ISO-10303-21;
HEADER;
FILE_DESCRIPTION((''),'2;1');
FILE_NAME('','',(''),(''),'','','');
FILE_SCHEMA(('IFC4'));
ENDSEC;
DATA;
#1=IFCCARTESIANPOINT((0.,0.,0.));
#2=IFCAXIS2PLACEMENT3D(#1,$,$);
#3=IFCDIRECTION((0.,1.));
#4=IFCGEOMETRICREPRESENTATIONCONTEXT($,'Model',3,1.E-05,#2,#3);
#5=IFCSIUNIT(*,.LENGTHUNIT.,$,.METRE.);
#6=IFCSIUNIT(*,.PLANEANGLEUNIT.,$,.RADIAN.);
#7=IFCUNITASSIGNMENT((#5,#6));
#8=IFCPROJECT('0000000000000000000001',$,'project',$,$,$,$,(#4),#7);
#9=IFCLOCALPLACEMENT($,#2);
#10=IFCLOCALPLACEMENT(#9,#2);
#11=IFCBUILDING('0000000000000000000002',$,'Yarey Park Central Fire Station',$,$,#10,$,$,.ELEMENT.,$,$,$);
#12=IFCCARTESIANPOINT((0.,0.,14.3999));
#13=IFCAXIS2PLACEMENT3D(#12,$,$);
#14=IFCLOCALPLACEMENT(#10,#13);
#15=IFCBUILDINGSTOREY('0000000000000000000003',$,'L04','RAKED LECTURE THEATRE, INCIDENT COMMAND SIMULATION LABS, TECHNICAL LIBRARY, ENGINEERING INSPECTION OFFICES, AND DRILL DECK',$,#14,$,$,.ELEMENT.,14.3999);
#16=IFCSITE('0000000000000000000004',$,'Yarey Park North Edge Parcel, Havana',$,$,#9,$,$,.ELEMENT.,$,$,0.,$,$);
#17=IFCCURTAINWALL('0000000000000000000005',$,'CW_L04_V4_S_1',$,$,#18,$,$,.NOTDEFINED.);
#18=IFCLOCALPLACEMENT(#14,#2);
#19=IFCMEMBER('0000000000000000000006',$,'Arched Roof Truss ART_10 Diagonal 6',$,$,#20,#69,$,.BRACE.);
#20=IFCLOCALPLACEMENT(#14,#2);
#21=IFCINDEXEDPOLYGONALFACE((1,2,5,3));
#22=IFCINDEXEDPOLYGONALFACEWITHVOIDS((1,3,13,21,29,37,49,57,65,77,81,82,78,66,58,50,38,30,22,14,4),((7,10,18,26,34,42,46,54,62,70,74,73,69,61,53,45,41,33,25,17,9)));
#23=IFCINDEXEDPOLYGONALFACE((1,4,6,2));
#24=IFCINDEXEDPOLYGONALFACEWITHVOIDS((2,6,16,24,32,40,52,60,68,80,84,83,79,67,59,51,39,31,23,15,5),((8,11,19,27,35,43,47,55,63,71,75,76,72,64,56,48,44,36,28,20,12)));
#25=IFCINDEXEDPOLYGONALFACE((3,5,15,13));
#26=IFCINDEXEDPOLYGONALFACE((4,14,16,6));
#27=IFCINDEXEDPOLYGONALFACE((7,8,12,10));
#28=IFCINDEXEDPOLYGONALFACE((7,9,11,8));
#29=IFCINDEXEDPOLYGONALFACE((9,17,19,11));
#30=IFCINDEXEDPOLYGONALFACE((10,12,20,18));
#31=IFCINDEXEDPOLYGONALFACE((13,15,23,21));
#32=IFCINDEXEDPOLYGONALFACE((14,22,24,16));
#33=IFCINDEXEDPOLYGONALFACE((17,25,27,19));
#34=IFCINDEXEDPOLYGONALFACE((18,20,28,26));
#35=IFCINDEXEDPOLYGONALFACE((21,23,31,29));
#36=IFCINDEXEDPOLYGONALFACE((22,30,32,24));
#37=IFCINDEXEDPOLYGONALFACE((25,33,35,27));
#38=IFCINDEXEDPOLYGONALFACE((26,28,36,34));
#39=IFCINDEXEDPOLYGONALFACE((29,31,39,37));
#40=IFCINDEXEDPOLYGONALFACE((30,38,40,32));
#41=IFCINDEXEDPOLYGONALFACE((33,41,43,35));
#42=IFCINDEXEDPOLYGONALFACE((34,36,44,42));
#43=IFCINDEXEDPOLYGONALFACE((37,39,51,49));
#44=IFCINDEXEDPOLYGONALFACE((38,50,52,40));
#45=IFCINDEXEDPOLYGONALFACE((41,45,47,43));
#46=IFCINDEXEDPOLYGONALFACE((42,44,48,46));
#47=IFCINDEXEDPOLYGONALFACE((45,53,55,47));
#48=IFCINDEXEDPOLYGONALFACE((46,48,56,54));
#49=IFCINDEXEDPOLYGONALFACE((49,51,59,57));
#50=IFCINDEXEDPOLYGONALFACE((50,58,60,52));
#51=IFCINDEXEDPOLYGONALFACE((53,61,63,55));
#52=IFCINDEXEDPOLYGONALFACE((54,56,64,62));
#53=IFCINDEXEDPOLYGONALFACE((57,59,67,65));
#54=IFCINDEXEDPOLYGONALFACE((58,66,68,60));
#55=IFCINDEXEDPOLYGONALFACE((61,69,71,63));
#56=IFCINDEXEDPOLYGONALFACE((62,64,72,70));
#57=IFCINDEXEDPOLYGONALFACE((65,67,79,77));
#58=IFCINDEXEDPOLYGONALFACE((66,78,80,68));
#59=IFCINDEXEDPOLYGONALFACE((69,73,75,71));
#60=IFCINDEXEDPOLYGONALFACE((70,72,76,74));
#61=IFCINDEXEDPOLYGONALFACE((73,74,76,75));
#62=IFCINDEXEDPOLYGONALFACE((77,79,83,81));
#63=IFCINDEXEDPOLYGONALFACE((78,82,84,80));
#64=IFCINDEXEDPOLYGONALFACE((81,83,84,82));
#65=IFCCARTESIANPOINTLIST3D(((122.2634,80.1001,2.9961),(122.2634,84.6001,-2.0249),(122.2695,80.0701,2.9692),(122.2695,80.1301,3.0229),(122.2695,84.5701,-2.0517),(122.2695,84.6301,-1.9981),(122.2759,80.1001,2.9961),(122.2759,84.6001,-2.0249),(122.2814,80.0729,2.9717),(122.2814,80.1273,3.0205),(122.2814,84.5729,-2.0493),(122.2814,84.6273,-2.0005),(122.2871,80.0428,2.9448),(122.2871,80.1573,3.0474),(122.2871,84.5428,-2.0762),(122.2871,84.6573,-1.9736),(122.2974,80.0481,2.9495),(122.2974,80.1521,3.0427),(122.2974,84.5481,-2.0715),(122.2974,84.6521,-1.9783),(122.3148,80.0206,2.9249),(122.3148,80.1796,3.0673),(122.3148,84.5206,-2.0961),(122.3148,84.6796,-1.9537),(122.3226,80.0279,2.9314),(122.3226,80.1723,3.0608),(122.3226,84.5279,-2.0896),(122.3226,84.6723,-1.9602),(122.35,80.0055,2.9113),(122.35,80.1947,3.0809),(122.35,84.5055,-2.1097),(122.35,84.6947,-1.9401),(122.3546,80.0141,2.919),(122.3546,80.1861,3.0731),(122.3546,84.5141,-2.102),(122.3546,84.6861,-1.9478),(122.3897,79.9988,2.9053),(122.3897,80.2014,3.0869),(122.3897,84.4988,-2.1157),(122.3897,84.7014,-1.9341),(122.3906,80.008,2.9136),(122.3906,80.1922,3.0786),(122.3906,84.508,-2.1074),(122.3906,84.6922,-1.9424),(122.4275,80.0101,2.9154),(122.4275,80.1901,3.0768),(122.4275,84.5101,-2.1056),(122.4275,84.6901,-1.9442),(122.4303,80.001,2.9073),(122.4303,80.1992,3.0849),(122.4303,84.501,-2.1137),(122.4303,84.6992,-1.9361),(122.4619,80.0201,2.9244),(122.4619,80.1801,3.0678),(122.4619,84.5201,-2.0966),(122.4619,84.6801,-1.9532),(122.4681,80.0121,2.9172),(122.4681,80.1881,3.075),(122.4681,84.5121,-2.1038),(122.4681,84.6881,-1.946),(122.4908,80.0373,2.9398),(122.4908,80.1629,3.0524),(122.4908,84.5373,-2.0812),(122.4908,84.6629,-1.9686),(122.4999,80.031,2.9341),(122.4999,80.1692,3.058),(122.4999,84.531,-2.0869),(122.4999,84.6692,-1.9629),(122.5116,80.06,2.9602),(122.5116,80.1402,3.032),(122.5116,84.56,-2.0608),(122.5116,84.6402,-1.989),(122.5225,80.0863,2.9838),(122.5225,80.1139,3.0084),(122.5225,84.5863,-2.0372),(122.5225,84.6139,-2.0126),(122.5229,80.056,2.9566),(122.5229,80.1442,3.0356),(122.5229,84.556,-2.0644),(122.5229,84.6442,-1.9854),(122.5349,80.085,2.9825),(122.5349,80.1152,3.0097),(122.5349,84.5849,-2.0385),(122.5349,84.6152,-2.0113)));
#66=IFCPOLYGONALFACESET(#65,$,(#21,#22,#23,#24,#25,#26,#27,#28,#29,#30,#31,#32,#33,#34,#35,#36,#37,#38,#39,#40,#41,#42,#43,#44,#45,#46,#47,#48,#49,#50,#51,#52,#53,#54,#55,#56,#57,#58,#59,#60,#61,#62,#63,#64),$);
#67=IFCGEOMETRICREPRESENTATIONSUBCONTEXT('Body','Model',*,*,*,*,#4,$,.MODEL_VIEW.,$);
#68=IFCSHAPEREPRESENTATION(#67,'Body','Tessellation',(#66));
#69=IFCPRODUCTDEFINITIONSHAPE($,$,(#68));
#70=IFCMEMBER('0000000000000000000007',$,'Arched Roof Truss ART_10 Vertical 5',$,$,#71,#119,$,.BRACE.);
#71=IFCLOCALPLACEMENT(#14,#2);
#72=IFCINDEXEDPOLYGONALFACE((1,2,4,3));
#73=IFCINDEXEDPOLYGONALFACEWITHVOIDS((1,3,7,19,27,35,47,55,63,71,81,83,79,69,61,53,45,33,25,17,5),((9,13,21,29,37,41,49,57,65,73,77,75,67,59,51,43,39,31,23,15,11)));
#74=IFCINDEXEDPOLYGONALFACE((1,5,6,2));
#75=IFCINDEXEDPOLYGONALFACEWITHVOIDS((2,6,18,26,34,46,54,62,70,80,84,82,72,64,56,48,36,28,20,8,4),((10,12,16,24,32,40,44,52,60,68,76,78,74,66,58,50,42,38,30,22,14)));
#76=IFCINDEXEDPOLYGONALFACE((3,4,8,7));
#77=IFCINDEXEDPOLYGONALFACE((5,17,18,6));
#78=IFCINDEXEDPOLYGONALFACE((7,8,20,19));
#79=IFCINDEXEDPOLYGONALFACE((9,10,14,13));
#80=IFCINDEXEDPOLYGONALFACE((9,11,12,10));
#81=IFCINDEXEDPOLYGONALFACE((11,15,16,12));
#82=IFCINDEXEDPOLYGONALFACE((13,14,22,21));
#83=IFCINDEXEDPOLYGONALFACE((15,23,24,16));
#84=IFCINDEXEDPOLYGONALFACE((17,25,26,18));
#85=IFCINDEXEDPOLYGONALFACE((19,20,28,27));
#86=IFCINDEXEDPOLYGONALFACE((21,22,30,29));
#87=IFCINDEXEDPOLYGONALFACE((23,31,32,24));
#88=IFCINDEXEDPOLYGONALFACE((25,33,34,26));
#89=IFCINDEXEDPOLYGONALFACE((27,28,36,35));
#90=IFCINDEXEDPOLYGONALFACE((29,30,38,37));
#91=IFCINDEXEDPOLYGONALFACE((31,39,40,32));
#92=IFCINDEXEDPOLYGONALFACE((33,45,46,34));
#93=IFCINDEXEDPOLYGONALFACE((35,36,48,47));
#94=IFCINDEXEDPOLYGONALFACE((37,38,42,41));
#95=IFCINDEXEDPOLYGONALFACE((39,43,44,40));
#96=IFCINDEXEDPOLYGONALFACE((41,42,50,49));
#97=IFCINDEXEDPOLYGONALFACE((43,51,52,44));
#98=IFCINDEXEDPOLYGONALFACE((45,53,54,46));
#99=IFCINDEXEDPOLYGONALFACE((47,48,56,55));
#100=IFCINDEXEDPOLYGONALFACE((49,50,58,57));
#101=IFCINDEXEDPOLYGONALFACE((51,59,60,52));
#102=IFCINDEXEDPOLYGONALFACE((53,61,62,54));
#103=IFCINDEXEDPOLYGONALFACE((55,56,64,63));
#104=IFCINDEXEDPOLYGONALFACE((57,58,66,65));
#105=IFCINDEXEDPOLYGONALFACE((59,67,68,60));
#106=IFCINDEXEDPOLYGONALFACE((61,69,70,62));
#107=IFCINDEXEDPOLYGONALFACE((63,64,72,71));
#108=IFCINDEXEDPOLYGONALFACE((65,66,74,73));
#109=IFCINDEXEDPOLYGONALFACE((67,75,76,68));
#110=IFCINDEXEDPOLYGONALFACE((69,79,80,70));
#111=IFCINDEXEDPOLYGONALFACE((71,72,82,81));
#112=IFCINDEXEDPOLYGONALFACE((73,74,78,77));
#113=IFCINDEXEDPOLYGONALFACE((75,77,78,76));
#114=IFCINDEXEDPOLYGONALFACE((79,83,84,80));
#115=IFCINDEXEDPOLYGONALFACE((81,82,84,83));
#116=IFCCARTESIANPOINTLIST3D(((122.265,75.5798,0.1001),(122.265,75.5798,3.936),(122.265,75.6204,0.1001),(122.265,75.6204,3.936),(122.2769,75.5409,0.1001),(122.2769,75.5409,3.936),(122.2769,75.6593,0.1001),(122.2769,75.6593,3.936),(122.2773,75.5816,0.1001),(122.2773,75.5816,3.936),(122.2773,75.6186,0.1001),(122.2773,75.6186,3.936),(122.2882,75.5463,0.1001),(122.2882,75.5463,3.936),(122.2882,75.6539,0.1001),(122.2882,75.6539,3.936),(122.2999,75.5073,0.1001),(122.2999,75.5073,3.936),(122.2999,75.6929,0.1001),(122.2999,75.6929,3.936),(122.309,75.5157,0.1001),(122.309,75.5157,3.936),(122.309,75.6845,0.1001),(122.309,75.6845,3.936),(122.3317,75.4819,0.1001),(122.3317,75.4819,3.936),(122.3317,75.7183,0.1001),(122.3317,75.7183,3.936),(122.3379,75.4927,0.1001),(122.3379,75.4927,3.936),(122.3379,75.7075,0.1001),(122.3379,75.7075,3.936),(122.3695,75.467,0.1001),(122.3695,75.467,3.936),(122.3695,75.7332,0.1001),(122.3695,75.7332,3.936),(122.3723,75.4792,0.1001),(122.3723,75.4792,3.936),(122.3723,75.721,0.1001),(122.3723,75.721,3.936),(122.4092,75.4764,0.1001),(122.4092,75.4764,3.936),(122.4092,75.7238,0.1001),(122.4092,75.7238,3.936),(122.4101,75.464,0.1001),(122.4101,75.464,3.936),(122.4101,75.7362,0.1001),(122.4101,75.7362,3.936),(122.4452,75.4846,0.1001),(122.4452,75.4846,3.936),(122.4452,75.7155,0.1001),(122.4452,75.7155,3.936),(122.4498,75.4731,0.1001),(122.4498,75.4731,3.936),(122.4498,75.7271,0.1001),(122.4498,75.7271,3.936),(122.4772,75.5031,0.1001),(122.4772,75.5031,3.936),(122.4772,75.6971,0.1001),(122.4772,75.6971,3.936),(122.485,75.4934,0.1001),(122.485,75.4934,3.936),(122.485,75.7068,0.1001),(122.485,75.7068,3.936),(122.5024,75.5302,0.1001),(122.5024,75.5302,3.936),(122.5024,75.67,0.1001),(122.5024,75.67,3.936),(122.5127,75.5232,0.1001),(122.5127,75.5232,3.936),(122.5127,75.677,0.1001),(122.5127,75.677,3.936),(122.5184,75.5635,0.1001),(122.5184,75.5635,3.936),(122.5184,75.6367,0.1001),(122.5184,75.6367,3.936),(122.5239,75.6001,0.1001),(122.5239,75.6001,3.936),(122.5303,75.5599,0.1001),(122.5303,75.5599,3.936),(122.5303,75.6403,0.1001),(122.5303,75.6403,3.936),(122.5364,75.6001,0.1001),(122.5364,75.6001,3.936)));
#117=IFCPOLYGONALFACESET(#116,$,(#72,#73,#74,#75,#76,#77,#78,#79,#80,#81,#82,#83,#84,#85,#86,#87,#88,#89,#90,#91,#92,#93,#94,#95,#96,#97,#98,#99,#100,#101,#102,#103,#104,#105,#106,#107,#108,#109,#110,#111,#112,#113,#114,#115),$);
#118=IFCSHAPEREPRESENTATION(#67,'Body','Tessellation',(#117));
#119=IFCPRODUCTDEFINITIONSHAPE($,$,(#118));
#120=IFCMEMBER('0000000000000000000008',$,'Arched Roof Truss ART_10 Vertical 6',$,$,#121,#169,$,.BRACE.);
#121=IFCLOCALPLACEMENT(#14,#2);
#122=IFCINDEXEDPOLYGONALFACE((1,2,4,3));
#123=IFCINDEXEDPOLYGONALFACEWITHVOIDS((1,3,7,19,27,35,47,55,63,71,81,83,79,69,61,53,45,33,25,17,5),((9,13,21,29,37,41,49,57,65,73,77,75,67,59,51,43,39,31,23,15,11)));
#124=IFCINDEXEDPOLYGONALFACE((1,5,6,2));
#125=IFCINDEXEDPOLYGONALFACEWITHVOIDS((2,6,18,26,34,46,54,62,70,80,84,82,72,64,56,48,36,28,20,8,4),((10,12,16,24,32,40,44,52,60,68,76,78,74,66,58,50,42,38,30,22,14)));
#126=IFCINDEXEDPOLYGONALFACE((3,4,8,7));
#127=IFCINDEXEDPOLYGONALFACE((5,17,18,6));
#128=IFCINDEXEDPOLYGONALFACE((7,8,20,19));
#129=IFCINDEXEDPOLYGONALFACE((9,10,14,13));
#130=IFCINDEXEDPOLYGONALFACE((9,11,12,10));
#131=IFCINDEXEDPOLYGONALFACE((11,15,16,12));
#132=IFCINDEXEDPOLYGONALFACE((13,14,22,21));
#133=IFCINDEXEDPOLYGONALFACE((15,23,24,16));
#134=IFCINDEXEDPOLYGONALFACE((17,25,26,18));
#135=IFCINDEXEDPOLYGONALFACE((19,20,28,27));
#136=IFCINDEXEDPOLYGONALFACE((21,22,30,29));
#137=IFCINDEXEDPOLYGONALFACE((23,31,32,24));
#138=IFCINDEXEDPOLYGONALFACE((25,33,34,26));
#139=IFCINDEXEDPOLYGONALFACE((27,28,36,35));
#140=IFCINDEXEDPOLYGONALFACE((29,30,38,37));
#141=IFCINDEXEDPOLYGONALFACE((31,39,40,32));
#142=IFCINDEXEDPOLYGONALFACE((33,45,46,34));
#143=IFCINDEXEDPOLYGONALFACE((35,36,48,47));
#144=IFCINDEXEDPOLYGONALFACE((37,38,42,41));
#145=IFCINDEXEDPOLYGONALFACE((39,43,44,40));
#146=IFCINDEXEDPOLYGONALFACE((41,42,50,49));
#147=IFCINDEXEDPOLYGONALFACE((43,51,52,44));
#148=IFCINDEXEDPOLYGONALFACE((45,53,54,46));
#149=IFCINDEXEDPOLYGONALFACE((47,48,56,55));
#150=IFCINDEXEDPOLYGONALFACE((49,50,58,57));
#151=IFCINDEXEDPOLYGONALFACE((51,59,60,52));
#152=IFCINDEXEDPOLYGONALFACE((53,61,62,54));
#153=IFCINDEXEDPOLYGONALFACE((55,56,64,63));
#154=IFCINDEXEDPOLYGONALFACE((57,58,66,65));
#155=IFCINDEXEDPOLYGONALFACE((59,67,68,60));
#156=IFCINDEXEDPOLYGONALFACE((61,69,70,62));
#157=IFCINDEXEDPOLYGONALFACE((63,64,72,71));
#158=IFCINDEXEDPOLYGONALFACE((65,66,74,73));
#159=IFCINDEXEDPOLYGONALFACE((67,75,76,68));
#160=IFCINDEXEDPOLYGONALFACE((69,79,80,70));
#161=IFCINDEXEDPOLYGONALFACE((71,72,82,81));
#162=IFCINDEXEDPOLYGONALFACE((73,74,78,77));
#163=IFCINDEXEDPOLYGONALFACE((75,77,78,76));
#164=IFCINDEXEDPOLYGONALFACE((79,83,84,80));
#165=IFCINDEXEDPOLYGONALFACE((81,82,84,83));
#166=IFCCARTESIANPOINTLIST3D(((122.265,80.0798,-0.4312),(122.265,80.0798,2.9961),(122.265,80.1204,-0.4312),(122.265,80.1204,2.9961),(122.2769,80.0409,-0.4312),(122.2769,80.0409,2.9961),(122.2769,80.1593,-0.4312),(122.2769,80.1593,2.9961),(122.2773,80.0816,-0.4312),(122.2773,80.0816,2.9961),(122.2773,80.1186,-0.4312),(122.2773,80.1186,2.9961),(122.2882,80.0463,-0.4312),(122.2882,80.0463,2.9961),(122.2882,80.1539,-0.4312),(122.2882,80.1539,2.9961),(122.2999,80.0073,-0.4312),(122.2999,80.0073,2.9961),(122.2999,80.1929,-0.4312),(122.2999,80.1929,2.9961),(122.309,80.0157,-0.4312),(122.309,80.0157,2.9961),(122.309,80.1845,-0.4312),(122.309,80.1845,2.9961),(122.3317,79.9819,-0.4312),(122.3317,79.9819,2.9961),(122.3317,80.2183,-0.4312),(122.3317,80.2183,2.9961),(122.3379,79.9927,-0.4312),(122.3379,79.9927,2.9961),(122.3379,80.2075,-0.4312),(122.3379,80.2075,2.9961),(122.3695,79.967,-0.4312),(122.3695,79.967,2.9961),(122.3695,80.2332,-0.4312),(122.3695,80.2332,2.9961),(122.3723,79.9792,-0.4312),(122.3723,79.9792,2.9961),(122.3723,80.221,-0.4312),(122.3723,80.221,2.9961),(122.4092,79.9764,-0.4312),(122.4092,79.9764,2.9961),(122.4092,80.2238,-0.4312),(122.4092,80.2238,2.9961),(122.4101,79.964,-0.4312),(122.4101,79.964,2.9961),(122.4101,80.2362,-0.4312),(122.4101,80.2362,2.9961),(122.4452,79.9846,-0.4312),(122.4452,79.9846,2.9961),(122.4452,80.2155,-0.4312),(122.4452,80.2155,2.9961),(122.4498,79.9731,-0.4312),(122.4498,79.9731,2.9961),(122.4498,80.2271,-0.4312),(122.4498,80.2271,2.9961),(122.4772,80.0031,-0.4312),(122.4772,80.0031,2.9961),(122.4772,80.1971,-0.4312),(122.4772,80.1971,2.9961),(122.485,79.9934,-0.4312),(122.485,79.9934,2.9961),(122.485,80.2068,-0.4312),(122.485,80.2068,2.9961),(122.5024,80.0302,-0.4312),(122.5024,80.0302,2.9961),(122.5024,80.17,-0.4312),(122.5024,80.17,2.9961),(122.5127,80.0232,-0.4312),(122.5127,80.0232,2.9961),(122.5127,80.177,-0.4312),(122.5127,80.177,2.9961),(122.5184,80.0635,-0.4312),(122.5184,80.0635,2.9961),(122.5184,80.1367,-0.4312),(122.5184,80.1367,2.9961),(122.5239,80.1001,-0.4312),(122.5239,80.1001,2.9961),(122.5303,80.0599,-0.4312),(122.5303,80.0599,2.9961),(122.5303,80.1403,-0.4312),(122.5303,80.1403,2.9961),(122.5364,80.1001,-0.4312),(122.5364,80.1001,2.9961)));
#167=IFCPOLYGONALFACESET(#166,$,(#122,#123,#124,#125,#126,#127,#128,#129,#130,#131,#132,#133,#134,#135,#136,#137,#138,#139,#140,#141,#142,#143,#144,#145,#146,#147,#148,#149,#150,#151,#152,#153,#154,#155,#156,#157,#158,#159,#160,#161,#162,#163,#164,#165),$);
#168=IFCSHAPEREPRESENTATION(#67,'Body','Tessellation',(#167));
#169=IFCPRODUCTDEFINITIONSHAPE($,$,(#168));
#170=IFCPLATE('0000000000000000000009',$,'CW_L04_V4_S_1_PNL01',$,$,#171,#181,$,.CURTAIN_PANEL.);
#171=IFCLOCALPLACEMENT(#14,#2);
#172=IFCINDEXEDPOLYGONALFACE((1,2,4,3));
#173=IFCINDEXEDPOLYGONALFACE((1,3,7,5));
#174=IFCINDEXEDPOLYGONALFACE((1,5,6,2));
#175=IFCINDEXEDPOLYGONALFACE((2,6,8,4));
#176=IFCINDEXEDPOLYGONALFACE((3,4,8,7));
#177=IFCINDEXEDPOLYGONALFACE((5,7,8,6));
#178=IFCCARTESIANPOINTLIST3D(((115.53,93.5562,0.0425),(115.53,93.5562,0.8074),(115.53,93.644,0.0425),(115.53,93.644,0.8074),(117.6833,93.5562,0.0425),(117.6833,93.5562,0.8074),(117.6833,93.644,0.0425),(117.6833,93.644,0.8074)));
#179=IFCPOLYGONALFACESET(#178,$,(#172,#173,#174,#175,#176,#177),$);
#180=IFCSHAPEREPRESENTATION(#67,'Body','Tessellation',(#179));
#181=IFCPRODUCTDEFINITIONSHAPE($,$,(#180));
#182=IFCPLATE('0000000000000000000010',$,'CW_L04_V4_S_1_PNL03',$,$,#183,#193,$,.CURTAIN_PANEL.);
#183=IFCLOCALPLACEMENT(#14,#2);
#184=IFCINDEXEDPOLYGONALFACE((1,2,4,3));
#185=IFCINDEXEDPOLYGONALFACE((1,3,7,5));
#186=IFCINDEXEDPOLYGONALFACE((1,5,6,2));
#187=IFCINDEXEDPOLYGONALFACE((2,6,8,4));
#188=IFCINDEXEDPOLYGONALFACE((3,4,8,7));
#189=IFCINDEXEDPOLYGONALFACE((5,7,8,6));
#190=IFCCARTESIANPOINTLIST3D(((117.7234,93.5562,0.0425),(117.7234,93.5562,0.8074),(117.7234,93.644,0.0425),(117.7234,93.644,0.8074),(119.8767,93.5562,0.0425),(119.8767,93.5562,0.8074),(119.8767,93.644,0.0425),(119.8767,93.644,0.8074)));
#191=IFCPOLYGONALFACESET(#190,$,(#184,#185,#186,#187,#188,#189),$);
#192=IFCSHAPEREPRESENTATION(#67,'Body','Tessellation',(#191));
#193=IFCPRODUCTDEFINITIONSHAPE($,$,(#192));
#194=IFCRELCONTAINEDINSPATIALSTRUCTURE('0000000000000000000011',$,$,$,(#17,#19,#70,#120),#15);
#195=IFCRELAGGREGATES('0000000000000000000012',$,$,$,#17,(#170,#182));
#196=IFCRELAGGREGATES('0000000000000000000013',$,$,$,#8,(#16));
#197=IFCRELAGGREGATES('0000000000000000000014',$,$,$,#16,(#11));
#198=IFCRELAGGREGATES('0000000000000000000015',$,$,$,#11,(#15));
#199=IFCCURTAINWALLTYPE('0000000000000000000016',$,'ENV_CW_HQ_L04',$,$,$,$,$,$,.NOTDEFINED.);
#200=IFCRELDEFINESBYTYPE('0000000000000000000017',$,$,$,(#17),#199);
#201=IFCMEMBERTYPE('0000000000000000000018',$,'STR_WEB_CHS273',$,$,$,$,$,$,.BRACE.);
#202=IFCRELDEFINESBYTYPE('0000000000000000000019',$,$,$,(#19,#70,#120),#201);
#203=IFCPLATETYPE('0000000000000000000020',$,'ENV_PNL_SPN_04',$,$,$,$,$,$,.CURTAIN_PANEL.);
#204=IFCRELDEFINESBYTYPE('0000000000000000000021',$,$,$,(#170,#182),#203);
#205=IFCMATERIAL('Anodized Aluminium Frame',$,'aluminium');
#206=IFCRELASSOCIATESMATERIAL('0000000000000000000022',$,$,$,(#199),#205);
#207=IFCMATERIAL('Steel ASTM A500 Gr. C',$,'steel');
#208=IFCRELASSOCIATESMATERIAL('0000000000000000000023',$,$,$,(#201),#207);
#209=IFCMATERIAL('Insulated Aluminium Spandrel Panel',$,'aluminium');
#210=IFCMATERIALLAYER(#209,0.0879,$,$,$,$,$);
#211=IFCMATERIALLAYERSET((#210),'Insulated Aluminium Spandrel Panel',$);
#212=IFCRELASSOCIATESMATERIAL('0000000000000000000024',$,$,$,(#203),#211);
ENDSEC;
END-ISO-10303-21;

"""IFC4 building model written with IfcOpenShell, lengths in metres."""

from ifc_helpers import new_model, si_unit, direction, frame, origin, origin_2d, place, context, subcontext, project, spatial, rectangle, hollow_circle, extrude, material, layer, layer_set, material_profile, profile_set, type_object, element, aggregate, save


model = new_model("IFC4")

# Units and contexts
model_context = context("Model", 3, precision=1e-05, world=origin(), true_north=direction((0.0, 1.0)))
body_context = subcontext(model_context, "Body", "Model", "MODEL_VIEW")
ifc_project = project(units=[si_unit("LENGTHUNIT", "METRE"), si_unit("PLANEANGLEUNIT", "RADIAN")], contexts=[model_context])

# Site, building, storey
site_placement = place(None, origin())
site = spatial("IfcSite", under=ifc_project, at=site_placement, Name="Yarey Park North Edge Parcel, Havana", CompositionType="ELEMENT", RefElevation=0.0)
building_placement = place(site_placement, origin())
building = spatial("IfcBuilding", under=site, at=building_placement, Name="Yarey Park Central Fire Station", CompositionType="ELEMENT")
storey_placement = place(building_placement, frame((0.0, 0.0, 14.3999)))
storey = spatial("IfcBuildingStorey", under=building, at=storey_placement, Name="L04", Description="RAKED LECTURE THEATRE, INCIDENT COMMAND SIMULATION LABS, TECHNICAL LIBRARY, ENGINEERING INSPECTION OFFICES, AND DRILL DECK", CompositionType="ELEMENT", Elevation=14.3999)

# Curtain wall
ifc_material_1 = material(Name="Anodized Aluminium Frame", Category="aluminium")
curtain_wall_type = type_object("IfcCurtainWallType", Name="ENV_CW_HQ_L04", PredefinedType="NOTDEFINED", material=ifc_material_1)
curtain_wall_placement = place(storey_placement, origin())
curtain_wall = element("IfcCurtainWall", 1, at=curtain_wall_placement, inside=storey, type_object=curtain_wall_type, Name="CW_L04_V4_S_1", PredefinedType="NOTDEFINED")

# Members
ifc_material_2 = material(Name="Steel ASTM A500 Gr. C", Category="steel")
ifc_material_profile_1 = material_profile(ifc_material_2, hollow_circle(Radius=0.1365, WallThickness=0.0125, at=origin_2d()), Name="CHS 273x12.5")
ifc_profile_set_1 = profile_set([ifc_material_profile_1], Name="Steel ASTM A500 Gr. C")
member_type_1 = type_object("IfcMemberType", Name="STR_WEB_CHS273", PredefinedType="BRACE", material=ifc_profile_set_1)
member_1_placement = place(storey_placement, frame((122.3999, 80.1001, 2.9961), z_axis=(0.0, 0.667415, -0.744686), x_axis=(-1.0, 0.0, 0.0)))
element("IfcMember", 2, at=member_1_placement, inside=storey, type_object=member_type_1, Name="Arched Roof Truss ART_10 Diagonal 6", PredefinedType="BRACE", context=body_context, shape_type="SweptSolid", body=[
    extrude(hollow_circle(Radius=0.1365, WallThickness=0.0125, at=origin_2d()), origin(), (0.0, 0.0, 1.0), 6.7424),
])
member_2_placement = place(storey_placement, frame((122.3999, 75.6001, 0.1001), z_axis=(0.0, 0.0, 1.0), x_axis=(1.0, 0.0, 0.0)))
element("IfcMember", 3, at=member_2_placement, inside=storey, type_object=member_type_1, Name="Arched Roof Truss ART_10 Vertical 5", PredefinedType="BRACE", context=body_context, shape_type="SweptSolid", body=[
    extrude(hollow_circle(Radius=0.1365, WallThickness=0.0125, at=origin_2d()), origin(), (0.0, 0.0, 1.0), 3.8359),
])
member_3_placement = place(storey_placement, frame((122.3999, 80.1001, -0.4312), z_axis=(0.0, 0.0, 1.0), x_axis=(1.0, 0.0, 0.0)))
element("IfcMember", 4, at=member_3_placement, inside=storey, type_object=member_type_1, Name="Arched Roof Truss ART_10 Vertical 6", PredefinedType="BRACE", context=body_context, shape_type="SweptSolid", body=[
    extrude(hollow_circle(Radius=0.1365, WallThickness=0.0125, at=origin_2d()), origin(), (0.0, 0.0, 1.0), 3.4272),
])

# Plates
ifc_material_3 = material(Name="Insulated Aluminium Spandrel Panel", Category="aluminium")
ifc_layer_1 = layer(ifc_material_3, 0.0879)
ifc_layer_set_1 = layer_set([ifc_layer_1], Name="Insulated Aluminium Spandrel Panel")
plate_type_1 = type_object("IfcPlateType", Name="ENV_PNL_SPN_04", PredefinedType="CURTAIN_PANEL", material=ifc_layer_set_1)
plate_1_placement = place(storey_placement, frame((116.6067, 93.6001, 0.0425), z_axis=(0.0, 0.0, 1.0), x_axis=(1.0, 0.0, 0.0)))
plate_1 = element("IfcPlate", 5, at=plate_1_placement, type_object=plate_type_1, Name="CW_L04_V4_S_1_PNL01", PredefinedType="CURTAIN_PANEL", context=body_context, shape_type="SweptSolid", body=[
    extrude(rectangle(XDim=2.1533, YDim=0.0879, at=origin_2d()), origin(), (0.0, 0.0, 1.0), 0.7649),
])
plate_2_placement = place(storey_placement, frame((118.8, 93.6001, 0.0425), z_axis=(0.0, 0.0, 1.0), x_axis=(1.0, 0.0, 0.0)))
plate_2 = element("IfcPlate", 6, at=plate_2_placement, type_object=plate_type_1, Name="CW_L04_V4_S_1_PNL03", PredefinedType="CURTAIN_PANEL", context=body_context, shape_type="SweptSolid", body=[
    extrude(rectangle(XDim=2.1533, YDim=0.0879, at=origin_2d()), origin(), (0.0, 0.0, 1.0), 0.7649),
])
aggregate(curtain_wall, [plate_1, plate_2])

save(model, "model.ifc")
